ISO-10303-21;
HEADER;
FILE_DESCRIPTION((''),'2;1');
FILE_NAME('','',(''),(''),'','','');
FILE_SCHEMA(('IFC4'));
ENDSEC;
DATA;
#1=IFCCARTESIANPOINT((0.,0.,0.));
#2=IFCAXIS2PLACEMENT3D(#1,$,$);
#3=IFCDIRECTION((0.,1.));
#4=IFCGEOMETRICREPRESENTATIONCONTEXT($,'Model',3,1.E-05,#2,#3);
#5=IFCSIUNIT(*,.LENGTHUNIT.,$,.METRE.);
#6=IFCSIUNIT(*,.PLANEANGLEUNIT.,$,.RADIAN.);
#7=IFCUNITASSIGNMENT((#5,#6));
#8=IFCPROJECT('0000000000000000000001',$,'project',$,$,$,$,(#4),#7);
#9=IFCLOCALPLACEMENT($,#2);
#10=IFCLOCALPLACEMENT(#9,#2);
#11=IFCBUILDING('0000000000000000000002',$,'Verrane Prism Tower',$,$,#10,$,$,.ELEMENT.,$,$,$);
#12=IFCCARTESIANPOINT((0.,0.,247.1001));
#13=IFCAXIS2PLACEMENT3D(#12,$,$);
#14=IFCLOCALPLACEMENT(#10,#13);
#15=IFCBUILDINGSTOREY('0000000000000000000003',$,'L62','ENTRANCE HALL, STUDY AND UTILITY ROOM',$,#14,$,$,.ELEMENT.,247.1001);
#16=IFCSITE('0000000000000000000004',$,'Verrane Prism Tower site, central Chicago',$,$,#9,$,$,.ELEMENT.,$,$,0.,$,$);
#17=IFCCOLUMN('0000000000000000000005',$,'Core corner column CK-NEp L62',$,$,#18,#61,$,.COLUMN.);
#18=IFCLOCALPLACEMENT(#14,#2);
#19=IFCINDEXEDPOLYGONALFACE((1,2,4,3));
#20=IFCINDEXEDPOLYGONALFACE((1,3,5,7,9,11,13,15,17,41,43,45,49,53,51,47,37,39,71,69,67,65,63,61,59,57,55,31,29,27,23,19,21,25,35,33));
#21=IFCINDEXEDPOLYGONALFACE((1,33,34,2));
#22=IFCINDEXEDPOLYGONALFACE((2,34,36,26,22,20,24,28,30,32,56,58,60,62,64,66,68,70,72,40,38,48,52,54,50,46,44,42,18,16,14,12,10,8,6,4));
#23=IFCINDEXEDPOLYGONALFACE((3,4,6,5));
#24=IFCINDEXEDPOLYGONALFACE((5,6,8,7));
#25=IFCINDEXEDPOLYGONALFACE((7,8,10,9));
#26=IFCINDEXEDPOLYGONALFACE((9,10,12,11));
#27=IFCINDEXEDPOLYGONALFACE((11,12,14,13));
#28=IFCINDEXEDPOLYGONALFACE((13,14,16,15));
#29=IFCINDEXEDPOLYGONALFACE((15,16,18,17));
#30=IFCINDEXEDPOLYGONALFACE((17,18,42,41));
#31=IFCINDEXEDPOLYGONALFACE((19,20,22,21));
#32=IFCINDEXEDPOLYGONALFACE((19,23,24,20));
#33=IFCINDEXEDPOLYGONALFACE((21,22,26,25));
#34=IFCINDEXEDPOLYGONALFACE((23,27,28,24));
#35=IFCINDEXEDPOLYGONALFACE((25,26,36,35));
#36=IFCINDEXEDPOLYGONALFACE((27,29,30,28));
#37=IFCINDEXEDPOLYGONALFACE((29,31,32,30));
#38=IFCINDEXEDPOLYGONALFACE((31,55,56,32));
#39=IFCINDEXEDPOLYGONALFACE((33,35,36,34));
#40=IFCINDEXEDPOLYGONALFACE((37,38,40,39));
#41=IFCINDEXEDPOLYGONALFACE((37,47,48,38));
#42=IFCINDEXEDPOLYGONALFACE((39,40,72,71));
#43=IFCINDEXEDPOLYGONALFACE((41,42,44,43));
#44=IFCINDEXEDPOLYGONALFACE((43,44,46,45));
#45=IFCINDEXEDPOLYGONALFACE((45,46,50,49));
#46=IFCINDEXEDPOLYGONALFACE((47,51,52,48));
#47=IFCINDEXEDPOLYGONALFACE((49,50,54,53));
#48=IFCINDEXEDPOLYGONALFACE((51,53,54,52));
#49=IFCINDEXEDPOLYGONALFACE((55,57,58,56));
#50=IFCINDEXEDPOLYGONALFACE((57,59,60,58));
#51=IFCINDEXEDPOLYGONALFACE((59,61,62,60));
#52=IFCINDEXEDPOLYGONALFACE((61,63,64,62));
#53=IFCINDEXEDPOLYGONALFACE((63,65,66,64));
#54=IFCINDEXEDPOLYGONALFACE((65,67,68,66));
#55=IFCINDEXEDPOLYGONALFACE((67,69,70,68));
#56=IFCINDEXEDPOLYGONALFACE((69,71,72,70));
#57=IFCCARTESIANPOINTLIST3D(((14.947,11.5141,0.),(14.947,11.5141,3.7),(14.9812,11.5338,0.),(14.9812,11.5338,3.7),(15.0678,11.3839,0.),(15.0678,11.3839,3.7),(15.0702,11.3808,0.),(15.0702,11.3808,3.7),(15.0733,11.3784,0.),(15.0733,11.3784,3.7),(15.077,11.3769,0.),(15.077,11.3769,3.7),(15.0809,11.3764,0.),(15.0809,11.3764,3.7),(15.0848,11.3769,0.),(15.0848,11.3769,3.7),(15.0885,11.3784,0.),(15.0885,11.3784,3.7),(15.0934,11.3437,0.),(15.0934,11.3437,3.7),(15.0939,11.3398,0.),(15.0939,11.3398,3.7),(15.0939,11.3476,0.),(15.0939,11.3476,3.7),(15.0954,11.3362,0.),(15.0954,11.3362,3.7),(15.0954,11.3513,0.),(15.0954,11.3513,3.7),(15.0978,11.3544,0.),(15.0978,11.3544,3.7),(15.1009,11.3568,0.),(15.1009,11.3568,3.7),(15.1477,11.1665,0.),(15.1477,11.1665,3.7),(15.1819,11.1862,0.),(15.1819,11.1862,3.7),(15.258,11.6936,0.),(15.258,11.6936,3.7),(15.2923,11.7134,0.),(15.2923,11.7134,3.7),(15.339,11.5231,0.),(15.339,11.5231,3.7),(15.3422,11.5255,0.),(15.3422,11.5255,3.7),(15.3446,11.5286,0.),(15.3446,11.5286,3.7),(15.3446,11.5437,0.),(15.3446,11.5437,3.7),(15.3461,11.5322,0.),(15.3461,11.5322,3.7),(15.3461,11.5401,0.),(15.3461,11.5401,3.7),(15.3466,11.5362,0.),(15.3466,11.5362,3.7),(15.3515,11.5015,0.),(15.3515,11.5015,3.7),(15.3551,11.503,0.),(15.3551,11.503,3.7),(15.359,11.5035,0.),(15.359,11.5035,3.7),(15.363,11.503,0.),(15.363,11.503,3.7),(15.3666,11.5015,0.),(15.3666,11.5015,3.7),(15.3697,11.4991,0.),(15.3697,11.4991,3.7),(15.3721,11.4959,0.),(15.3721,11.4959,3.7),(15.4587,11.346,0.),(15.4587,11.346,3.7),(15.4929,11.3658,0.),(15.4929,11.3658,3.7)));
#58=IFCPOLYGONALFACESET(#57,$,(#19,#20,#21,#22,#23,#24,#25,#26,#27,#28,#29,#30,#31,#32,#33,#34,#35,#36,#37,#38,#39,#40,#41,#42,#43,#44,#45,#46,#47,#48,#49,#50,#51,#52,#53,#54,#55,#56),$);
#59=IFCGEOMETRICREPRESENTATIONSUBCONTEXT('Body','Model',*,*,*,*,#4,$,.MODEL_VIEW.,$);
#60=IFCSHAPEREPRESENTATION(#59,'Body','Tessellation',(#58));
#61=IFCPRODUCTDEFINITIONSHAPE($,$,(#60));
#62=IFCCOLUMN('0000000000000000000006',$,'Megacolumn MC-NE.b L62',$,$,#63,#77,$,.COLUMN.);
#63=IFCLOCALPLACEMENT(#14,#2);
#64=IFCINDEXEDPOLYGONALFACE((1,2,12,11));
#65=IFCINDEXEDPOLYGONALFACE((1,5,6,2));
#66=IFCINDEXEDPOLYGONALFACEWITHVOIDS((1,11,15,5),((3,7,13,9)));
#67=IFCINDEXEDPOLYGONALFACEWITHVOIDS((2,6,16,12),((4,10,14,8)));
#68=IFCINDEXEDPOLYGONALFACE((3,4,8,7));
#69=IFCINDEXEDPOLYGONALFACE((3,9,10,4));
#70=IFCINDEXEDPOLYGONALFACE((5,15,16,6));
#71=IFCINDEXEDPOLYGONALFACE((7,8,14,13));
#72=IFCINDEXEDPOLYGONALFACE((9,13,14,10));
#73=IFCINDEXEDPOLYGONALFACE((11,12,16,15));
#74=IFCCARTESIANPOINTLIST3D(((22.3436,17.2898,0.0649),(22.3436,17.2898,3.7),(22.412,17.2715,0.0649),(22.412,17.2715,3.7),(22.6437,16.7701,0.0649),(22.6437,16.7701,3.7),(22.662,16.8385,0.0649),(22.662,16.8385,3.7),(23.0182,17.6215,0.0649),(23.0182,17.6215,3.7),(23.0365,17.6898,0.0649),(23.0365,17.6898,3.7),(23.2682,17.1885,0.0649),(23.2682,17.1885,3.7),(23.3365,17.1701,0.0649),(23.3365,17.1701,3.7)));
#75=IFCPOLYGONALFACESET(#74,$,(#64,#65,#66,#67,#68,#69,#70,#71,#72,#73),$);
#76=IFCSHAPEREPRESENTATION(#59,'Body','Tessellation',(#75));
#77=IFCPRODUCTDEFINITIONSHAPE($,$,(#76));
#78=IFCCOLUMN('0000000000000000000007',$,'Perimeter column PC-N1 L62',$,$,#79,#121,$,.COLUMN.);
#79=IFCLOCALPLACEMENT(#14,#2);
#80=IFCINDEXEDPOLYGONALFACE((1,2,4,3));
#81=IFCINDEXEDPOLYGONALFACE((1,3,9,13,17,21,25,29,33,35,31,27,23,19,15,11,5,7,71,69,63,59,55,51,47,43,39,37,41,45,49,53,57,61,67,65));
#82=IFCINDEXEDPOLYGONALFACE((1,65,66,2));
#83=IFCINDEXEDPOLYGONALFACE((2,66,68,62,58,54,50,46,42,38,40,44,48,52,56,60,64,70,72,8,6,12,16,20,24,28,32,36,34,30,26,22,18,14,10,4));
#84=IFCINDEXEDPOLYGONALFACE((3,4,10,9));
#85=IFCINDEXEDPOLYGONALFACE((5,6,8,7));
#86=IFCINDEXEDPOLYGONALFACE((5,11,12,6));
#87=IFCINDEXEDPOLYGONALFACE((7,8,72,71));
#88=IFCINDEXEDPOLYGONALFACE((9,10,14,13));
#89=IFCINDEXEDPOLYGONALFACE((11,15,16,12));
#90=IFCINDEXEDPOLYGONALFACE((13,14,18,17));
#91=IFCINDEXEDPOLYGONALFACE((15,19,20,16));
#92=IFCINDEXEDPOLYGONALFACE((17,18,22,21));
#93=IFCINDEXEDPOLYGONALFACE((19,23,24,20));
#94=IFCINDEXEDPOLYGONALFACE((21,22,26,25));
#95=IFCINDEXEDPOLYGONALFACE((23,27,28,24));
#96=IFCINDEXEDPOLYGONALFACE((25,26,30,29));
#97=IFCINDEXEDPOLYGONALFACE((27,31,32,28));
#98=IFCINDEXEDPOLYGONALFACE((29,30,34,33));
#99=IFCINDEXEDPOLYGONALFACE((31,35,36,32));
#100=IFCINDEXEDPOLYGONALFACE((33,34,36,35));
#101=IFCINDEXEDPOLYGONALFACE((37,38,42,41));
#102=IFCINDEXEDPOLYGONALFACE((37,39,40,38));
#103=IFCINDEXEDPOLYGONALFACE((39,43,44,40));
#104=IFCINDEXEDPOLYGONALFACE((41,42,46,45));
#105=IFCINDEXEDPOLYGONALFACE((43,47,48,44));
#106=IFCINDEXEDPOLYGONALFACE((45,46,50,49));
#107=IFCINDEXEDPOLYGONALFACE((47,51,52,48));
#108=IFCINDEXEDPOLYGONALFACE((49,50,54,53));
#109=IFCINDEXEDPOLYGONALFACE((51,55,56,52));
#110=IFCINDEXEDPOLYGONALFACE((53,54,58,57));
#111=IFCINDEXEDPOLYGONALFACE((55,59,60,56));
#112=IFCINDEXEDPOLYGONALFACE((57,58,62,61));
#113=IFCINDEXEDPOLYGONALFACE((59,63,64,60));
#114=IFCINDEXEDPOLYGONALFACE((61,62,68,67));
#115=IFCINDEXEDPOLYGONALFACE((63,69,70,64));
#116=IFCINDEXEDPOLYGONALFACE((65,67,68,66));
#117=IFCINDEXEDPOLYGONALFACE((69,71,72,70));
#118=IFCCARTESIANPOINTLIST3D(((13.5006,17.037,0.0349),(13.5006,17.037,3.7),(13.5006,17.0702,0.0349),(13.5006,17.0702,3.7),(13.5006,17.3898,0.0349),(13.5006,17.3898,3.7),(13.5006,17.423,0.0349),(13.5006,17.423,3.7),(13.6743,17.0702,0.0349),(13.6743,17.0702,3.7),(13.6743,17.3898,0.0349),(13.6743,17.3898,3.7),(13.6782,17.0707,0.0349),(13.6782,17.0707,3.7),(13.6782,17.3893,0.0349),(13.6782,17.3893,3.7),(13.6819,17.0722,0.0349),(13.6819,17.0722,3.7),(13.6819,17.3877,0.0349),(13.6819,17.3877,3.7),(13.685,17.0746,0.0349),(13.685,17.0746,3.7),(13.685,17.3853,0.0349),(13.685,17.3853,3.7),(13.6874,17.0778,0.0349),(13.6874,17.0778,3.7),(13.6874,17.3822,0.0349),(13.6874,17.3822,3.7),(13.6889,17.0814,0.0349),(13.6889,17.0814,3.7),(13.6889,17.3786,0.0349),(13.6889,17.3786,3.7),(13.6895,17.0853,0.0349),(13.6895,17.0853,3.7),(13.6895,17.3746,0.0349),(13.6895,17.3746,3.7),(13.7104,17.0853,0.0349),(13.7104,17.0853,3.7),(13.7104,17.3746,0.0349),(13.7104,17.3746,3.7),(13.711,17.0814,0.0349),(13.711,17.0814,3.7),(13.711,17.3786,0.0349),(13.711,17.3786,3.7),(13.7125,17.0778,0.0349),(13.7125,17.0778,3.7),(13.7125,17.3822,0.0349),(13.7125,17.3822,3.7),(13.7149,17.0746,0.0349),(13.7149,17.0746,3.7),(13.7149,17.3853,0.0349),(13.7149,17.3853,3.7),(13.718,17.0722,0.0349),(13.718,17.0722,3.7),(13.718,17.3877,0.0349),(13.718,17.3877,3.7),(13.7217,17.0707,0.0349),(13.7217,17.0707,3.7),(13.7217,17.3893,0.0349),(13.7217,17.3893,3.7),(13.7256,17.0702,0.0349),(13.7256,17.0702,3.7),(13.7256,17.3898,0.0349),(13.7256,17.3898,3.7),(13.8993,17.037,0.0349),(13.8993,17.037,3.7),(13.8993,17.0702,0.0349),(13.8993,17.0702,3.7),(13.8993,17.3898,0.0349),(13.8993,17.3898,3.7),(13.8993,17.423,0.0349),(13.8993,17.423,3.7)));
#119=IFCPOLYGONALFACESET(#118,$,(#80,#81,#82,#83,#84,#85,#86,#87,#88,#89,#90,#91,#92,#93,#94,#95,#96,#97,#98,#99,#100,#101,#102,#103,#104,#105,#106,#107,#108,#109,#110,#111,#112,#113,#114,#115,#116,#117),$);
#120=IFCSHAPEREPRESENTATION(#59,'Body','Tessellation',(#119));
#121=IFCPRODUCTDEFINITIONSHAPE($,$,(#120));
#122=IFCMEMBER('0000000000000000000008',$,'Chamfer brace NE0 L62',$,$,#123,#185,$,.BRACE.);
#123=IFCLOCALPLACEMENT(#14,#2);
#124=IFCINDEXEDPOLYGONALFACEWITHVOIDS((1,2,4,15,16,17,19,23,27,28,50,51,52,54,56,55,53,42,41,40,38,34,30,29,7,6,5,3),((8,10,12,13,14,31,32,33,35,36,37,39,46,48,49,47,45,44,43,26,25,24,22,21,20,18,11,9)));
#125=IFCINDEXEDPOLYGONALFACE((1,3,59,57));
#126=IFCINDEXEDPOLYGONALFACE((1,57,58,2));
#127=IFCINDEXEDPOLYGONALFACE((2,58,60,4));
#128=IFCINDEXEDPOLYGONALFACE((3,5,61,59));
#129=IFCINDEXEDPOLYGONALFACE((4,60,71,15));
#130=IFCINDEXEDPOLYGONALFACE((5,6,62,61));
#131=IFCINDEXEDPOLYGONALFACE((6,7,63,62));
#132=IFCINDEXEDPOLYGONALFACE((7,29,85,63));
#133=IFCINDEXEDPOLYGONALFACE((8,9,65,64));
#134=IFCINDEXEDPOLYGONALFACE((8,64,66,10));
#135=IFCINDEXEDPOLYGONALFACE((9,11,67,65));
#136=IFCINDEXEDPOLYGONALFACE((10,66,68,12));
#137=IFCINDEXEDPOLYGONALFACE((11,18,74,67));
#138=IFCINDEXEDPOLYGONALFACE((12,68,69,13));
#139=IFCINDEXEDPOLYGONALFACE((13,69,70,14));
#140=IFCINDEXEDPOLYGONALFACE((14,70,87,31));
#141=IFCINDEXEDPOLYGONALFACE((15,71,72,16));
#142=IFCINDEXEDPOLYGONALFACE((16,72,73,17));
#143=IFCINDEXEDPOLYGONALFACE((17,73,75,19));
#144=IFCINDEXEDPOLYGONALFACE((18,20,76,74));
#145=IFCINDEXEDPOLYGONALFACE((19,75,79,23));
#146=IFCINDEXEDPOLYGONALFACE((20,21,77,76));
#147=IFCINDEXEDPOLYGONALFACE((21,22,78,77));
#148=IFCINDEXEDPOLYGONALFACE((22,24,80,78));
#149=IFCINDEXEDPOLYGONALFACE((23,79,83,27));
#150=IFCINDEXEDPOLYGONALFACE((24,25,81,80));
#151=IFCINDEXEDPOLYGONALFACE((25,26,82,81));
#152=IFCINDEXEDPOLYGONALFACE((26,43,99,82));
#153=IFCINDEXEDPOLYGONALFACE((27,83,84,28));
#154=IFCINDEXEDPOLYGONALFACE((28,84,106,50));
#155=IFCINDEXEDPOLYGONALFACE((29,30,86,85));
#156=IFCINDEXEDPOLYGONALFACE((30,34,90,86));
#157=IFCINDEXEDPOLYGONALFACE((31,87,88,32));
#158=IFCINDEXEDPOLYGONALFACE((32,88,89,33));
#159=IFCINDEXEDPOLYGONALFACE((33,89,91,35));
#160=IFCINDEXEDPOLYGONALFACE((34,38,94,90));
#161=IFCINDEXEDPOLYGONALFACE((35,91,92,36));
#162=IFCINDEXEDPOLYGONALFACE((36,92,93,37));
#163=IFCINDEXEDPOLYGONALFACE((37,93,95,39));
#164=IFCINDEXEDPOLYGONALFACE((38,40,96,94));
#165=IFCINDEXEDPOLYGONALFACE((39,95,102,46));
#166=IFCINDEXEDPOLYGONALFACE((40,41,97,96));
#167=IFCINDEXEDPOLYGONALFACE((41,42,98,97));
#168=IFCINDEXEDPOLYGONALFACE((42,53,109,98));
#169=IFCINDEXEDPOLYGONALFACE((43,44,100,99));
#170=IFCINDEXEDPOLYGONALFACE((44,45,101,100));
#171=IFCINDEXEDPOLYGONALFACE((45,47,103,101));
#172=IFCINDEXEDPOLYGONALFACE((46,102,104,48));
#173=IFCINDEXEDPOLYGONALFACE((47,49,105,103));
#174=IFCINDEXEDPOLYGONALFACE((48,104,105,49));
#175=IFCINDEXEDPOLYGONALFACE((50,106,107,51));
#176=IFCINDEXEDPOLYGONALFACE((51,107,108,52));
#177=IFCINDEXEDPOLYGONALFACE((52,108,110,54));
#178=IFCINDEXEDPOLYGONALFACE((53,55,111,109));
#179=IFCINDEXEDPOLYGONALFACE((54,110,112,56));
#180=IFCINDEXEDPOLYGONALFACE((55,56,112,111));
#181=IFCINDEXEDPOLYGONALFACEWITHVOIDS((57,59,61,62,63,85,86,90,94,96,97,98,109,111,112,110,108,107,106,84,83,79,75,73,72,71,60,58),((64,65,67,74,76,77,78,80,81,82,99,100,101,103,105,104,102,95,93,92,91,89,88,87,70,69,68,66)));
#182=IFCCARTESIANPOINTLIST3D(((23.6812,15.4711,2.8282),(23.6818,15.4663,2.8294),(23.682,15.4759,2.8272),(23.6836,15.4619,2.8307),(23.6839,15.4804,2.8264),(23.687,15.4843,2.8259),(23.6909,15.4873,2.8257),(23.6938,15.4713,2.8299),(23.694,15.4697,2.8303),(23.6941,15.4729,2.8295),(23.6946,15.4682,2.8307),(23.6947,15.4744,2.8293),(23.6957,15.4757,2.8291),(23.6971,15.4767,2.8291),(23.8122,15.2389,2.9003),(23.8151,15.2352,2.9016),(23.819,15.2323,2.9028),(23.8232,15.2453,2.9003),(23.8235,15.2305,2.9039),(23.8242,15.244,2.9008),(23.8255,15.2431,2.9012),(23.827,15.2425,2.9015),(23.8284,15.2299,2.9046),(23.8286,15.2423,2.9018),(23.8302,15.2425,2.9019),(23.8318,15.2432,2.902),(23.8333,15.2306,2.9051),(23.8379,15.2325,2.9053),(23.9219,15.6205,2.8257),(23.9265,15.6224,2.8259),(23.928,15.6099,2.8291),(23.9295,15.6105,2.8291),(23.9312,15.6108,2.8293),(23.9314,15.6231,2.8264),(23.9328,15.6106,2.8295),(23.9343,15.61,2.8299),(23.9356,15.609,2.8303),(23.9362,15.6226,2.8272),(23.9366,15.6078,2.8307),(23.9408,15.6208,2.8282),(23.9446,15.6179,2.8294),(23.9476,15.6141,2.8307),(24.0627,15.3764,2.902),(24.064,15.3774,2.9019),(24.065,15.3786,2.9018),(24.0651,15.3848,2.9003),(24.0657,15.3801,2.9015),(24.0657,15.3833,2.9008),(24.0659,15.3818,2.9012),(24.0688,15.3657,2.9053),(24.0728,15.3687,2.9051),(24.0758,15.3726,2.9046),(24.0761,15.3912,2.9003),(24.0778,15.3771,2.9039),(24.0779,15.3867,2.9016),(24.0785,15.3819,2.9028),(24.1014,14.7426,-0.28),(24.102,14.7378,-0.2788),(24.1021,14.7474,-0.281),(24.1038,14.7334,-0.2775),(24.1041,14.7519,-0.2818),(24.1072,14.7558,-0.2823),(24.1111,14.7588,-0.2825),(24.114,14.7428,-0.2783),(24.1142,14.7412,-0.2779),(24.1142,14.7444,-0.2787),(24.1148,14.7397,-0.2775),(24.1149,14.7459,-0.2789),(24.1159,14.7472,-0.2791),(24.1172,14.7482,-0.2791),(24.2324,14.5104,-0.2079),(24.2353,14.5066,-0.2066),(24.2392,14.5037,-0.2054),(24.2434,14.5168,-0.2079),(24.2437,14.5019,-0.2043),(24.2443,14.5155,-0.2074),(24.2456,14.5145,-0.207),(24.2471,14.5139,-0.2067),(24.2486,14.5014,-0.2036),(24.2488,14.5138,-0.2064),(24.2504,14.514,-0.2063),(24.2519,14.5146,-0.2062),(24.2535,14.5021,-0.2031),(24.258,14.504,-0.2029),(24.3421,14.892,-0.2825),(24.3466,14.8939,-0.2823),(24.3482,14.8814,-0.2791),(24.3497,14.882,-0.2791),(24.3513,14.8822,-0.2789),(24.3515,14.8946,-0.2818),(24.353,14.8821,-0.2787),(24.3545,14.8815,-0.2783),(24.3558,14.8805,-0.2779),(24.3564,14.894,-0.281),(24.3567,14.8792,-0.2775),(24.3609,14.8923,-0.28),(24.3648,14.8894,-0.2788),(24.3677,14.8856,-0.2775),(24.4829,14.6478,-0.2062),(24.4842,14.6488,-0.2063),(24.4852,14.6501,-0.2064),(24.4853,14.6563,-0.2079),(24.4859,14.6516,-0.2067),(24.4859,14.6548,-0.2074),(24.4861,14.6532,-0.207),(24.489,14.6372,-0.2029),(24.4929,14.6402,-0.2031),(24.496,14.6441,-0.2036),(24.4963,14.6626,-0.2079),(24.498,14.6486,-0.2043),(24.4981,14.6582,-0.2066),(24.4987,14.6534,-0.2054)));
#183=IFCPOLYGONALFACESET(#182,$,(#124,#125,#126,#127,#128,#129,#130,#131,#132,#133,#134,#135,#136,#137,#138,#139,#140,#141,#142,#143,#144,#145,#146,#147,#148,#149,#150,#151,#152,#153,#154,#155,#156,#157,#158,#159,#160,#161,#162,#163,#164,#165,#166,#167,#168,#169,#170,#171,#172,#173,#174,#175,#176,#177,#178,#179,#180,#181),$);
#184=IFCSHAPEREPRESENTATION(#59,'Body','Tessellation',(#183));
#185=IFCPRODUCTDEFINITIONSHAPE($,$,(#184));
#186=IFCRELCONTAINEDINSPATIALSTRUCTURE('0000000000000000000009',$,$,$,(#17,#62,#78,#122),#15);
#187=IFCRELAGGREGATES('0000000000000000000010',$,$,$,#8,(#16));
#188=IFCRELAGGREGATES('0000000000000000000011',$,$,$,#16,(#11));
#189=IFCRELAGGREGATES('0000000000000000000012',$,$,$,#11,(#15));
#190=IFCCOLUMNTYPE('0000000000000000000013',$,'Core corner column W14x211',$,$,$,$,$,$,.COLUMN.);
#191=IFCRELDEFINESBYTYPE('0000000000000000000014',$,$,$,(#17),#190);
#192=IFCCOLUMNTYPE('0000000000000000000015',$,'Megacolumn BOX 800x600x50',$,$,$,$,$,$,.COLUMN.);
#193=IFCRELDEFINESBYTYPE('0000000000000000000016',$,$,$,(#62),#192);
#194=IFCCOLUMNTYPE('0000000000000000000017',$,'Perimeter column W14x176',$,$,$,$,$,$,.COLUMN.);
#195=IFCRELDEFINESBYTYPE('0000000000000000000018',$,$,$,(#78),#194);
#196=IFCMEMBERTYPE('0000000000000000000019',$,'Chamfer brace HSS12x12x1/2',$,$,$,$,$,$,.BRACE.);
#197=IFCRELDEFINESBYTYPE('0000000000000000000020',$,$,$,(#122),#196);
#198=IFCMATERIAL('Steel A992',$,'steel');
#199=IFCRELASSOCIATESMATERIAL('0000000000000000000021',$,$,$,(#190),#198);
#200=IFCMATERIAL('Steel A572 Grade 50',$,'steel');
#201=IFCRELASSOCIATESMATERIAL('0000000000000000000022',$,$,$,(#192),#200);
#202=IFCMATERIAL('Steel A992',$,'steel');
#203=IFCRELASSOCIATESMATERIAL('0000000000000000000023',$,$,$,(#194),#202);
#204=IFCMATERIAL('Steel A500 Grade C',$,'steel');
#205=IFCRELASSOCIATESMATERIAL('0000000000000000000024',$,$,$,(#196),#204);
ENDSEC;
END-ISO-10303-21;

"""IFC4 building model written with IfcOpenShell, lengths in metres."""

from ifc_helpers import new_model, si_unit, direction, frame, origin, origin_2d, place, context, subcontext, project, spatial, hollow_rectangle, i_section, extrude, material, material_profile, profile_set, type_object, element, save


model = new_model("IFC4")

# Units and contexts
model_context = context("Model", 3, precision=1e-05, world=origin(), true_north=direction((0.0, 1.0)))
body_context = subcontext(model_context, "Body", "Model", "MODEL_VIEW")
ifc_project = project(units=[si_unit("LENGTHUNIT", "METRE"), si_unit("PLANEANGLEUNIT", "RADIAN")], contexts=[model_context])

# Site, building, storey
site_placement = place(None, origin())
site = spatial("IfcSite", under=ifc_project, at=site_placement, Name="Verrane Prism Tower site, central Chicago", CompositionType="ELEMENT", RefElevation=0.0)
building_placement = place(site_placement, origin())
building = spatial("IfcBuilding", under=site, at=building_placement, Name="Verrane Prism Tower", CompositionType="ELEMENT")
storey_placement = place(building_placement, frame((0.0, 0.0, 247.1001)))
storey = spatial("IfcBuildingStorey", under=building, at=storey_placement, Name="L62", Description="ENTRANCE HALL, STUDY AND UTILITY ROOM", CompositionType="ELEMENT", Elevation=247.1001)

# Columns
ifc_material_1 = material(Name="Steel A992", Category="steel")
ifc_material_profile_1 = material_profile(ifc_material_1, i_section(OverallWidth=0.4014, OverallDepth=0.3987, WebThickness=0.0249, FlangeThickness=0.0396, FilletRadius=0.0151, at=origin_2d()), Name="W14x211")
ifc_profile_set_1 = profile_set([ifc_material_profile_1], Name="Steel A992")
column_type_1 = type_object("IfcColumnType", Name="Core corner column W14x211", PredefinedType="COLUMN", material=ifc_profile_set_1)
column_1_placement = place(storey_placement, frame((15.22, 11.4399, 0.0), z_axis=(0.0, 0.0, 1.0), x_axis=(0.5, -0.866025, 0.0)))
element("IfcColumn", 1, at=column_1_placement, inside=storey, type_object=column_type_1, Name="Core corner column CK-NEp L62", PredefinedType="COLUMN", context=body_context, shape_type="SweptSolid", body=[
    extrude(i_section(OverallWidth=0.4014, OverallDepth=0.3987, WebThickness=0.0249, FlangeThickness=0.0396, FilletRadius=0.0151, at=origin_2d()), origin(), (0.0, 0.0, 1.0), 3.7),
])
ifc_material_2 = material(Name="Steel A572 Grade 50", Category="steel")
ifc_material_profile_2 = material_profile(ifc_material_2, hollow_rectangle(XDim=0.6001, YDim=0.8, WallThickness=0.05, at=origin_2d()), Name="BOX 800x600x50")
ifc_profile_set_2 = profile_set([ifc_material_profile_2], Name="Steel A572 Grade 50")
column_type_2 = type_object("IfcColumnType", Name="Megacolumn BOX 800x600x50", PredefinedType="COLUMN", material=ifc_profile_set_2)
column_2_placement = place(storey_placement, frame((22.8401, 17.23, 0.0649), z_axis=(0.0, 0.0, 1.0), x_axis=(0.5, -0.866025, 0.0)))
element("IfcColumn", 2, at=column_2_placement, inside=storey, type_object=column_type_2, Name="Megacolumn MC-NE.b L62", PredefinedType="COLUMN", context=body_context, shape_type="SweptSolid", body=[
    extrude(hollow_rectangle(XDim=0.6001, YDim=0.8, WallThickness=0.05, at=origin_2d()), origin(), (0.0, 0.0, 1.0), 3.635),
])
ifc_material_3 = material(Name="Steel A992", Category="steel")
ifc_material_profile_3 = material_profile(ifc_material_3, i_section(OverallWidth=0.3987, OverallDepth=0.386, WebThickness=0.021, FlangeThickness=0.0332, FilletRadius=0.0151, at=origin_2d()), Name="W14x176")
ifc_profile_set_3 = profile_set([ifc_material_profile_3], Name="Steel A992")
column_type_3 = type_object("IfcColumnType", Name="Perimeter column W14x176", PredefinedType="COLUMN", material=ifc_profile_set_3)
column_3_placement = place(storey_placement, frame((13.7, 17.23, 0.0349), z_axis=(0.0, 0.0, 1.0), x_axis=(1.0, 0.0, 0.0)))
element("IfcColumn", 3, at=column_3_placement, inside=storey, type_object=column_type_3, Name="Perimeter column PC-N1 L62", PredefinedType="COLUMN", context=body_context, shape_type="SweptSolid", body=[
    extrude(i_section(OverallWidth=0.3987, OverallDepth=0.386, WebThickness=0.021, FlangeThickness=0.0332, FilletRadius=0.0151, at=origin_2d()), origin(), (0.0, 0.0, 1.0), 3.665),
])

# Member
ifc_material_4 = material(Name="Steel A500 Grade C", Category="steel")
ifc_material_profile_4 = material_profile(ifc_material_4, hollow_rectangle(XDim=0.3047, YDim=0.3047, WallThickness=0.0127, InnerFilletRadius=0.0063, OuterFilletRadius=0.019, at=origin_2d()), Name="HSS12x12x1/2")
ifc_profile_set_4 = profile_set([ifc_material_profile_4], Name="Steel A500 Grade C")
member_type_1 = type_object("IfcMemberType", Name="Chamfer brace HSS12x12x1/2", PredefinedType="BRACE", material=ifc_profile_set_4)
member_1_placement = place(storey_placement, frame((24.3, 14.698, -0.2427), z_axis=(-0.13049, 0.226253, 0.965289), x_axis=(-0.866253, -0.499605, 0.0)))
element("IfcMember", 4, at=member_1_placement, inside=storey, type_object=member_type_1, Name="Chamfer brace NE0 L62", PredefinedType="BRACE", context=body_context, shape_type="SweptSolid", body=[
    extrude(hollow_rectangle(XDim=0.3047, YDim=0.3047, WallThickness=0.0127, InnerFilletRadius=0.0063, OuterFilletRadius=0.019, at=origin_2d()), origin(), (0.0, 0.0, 1.0), 3.22),
])

save(model, "model.ifc")
